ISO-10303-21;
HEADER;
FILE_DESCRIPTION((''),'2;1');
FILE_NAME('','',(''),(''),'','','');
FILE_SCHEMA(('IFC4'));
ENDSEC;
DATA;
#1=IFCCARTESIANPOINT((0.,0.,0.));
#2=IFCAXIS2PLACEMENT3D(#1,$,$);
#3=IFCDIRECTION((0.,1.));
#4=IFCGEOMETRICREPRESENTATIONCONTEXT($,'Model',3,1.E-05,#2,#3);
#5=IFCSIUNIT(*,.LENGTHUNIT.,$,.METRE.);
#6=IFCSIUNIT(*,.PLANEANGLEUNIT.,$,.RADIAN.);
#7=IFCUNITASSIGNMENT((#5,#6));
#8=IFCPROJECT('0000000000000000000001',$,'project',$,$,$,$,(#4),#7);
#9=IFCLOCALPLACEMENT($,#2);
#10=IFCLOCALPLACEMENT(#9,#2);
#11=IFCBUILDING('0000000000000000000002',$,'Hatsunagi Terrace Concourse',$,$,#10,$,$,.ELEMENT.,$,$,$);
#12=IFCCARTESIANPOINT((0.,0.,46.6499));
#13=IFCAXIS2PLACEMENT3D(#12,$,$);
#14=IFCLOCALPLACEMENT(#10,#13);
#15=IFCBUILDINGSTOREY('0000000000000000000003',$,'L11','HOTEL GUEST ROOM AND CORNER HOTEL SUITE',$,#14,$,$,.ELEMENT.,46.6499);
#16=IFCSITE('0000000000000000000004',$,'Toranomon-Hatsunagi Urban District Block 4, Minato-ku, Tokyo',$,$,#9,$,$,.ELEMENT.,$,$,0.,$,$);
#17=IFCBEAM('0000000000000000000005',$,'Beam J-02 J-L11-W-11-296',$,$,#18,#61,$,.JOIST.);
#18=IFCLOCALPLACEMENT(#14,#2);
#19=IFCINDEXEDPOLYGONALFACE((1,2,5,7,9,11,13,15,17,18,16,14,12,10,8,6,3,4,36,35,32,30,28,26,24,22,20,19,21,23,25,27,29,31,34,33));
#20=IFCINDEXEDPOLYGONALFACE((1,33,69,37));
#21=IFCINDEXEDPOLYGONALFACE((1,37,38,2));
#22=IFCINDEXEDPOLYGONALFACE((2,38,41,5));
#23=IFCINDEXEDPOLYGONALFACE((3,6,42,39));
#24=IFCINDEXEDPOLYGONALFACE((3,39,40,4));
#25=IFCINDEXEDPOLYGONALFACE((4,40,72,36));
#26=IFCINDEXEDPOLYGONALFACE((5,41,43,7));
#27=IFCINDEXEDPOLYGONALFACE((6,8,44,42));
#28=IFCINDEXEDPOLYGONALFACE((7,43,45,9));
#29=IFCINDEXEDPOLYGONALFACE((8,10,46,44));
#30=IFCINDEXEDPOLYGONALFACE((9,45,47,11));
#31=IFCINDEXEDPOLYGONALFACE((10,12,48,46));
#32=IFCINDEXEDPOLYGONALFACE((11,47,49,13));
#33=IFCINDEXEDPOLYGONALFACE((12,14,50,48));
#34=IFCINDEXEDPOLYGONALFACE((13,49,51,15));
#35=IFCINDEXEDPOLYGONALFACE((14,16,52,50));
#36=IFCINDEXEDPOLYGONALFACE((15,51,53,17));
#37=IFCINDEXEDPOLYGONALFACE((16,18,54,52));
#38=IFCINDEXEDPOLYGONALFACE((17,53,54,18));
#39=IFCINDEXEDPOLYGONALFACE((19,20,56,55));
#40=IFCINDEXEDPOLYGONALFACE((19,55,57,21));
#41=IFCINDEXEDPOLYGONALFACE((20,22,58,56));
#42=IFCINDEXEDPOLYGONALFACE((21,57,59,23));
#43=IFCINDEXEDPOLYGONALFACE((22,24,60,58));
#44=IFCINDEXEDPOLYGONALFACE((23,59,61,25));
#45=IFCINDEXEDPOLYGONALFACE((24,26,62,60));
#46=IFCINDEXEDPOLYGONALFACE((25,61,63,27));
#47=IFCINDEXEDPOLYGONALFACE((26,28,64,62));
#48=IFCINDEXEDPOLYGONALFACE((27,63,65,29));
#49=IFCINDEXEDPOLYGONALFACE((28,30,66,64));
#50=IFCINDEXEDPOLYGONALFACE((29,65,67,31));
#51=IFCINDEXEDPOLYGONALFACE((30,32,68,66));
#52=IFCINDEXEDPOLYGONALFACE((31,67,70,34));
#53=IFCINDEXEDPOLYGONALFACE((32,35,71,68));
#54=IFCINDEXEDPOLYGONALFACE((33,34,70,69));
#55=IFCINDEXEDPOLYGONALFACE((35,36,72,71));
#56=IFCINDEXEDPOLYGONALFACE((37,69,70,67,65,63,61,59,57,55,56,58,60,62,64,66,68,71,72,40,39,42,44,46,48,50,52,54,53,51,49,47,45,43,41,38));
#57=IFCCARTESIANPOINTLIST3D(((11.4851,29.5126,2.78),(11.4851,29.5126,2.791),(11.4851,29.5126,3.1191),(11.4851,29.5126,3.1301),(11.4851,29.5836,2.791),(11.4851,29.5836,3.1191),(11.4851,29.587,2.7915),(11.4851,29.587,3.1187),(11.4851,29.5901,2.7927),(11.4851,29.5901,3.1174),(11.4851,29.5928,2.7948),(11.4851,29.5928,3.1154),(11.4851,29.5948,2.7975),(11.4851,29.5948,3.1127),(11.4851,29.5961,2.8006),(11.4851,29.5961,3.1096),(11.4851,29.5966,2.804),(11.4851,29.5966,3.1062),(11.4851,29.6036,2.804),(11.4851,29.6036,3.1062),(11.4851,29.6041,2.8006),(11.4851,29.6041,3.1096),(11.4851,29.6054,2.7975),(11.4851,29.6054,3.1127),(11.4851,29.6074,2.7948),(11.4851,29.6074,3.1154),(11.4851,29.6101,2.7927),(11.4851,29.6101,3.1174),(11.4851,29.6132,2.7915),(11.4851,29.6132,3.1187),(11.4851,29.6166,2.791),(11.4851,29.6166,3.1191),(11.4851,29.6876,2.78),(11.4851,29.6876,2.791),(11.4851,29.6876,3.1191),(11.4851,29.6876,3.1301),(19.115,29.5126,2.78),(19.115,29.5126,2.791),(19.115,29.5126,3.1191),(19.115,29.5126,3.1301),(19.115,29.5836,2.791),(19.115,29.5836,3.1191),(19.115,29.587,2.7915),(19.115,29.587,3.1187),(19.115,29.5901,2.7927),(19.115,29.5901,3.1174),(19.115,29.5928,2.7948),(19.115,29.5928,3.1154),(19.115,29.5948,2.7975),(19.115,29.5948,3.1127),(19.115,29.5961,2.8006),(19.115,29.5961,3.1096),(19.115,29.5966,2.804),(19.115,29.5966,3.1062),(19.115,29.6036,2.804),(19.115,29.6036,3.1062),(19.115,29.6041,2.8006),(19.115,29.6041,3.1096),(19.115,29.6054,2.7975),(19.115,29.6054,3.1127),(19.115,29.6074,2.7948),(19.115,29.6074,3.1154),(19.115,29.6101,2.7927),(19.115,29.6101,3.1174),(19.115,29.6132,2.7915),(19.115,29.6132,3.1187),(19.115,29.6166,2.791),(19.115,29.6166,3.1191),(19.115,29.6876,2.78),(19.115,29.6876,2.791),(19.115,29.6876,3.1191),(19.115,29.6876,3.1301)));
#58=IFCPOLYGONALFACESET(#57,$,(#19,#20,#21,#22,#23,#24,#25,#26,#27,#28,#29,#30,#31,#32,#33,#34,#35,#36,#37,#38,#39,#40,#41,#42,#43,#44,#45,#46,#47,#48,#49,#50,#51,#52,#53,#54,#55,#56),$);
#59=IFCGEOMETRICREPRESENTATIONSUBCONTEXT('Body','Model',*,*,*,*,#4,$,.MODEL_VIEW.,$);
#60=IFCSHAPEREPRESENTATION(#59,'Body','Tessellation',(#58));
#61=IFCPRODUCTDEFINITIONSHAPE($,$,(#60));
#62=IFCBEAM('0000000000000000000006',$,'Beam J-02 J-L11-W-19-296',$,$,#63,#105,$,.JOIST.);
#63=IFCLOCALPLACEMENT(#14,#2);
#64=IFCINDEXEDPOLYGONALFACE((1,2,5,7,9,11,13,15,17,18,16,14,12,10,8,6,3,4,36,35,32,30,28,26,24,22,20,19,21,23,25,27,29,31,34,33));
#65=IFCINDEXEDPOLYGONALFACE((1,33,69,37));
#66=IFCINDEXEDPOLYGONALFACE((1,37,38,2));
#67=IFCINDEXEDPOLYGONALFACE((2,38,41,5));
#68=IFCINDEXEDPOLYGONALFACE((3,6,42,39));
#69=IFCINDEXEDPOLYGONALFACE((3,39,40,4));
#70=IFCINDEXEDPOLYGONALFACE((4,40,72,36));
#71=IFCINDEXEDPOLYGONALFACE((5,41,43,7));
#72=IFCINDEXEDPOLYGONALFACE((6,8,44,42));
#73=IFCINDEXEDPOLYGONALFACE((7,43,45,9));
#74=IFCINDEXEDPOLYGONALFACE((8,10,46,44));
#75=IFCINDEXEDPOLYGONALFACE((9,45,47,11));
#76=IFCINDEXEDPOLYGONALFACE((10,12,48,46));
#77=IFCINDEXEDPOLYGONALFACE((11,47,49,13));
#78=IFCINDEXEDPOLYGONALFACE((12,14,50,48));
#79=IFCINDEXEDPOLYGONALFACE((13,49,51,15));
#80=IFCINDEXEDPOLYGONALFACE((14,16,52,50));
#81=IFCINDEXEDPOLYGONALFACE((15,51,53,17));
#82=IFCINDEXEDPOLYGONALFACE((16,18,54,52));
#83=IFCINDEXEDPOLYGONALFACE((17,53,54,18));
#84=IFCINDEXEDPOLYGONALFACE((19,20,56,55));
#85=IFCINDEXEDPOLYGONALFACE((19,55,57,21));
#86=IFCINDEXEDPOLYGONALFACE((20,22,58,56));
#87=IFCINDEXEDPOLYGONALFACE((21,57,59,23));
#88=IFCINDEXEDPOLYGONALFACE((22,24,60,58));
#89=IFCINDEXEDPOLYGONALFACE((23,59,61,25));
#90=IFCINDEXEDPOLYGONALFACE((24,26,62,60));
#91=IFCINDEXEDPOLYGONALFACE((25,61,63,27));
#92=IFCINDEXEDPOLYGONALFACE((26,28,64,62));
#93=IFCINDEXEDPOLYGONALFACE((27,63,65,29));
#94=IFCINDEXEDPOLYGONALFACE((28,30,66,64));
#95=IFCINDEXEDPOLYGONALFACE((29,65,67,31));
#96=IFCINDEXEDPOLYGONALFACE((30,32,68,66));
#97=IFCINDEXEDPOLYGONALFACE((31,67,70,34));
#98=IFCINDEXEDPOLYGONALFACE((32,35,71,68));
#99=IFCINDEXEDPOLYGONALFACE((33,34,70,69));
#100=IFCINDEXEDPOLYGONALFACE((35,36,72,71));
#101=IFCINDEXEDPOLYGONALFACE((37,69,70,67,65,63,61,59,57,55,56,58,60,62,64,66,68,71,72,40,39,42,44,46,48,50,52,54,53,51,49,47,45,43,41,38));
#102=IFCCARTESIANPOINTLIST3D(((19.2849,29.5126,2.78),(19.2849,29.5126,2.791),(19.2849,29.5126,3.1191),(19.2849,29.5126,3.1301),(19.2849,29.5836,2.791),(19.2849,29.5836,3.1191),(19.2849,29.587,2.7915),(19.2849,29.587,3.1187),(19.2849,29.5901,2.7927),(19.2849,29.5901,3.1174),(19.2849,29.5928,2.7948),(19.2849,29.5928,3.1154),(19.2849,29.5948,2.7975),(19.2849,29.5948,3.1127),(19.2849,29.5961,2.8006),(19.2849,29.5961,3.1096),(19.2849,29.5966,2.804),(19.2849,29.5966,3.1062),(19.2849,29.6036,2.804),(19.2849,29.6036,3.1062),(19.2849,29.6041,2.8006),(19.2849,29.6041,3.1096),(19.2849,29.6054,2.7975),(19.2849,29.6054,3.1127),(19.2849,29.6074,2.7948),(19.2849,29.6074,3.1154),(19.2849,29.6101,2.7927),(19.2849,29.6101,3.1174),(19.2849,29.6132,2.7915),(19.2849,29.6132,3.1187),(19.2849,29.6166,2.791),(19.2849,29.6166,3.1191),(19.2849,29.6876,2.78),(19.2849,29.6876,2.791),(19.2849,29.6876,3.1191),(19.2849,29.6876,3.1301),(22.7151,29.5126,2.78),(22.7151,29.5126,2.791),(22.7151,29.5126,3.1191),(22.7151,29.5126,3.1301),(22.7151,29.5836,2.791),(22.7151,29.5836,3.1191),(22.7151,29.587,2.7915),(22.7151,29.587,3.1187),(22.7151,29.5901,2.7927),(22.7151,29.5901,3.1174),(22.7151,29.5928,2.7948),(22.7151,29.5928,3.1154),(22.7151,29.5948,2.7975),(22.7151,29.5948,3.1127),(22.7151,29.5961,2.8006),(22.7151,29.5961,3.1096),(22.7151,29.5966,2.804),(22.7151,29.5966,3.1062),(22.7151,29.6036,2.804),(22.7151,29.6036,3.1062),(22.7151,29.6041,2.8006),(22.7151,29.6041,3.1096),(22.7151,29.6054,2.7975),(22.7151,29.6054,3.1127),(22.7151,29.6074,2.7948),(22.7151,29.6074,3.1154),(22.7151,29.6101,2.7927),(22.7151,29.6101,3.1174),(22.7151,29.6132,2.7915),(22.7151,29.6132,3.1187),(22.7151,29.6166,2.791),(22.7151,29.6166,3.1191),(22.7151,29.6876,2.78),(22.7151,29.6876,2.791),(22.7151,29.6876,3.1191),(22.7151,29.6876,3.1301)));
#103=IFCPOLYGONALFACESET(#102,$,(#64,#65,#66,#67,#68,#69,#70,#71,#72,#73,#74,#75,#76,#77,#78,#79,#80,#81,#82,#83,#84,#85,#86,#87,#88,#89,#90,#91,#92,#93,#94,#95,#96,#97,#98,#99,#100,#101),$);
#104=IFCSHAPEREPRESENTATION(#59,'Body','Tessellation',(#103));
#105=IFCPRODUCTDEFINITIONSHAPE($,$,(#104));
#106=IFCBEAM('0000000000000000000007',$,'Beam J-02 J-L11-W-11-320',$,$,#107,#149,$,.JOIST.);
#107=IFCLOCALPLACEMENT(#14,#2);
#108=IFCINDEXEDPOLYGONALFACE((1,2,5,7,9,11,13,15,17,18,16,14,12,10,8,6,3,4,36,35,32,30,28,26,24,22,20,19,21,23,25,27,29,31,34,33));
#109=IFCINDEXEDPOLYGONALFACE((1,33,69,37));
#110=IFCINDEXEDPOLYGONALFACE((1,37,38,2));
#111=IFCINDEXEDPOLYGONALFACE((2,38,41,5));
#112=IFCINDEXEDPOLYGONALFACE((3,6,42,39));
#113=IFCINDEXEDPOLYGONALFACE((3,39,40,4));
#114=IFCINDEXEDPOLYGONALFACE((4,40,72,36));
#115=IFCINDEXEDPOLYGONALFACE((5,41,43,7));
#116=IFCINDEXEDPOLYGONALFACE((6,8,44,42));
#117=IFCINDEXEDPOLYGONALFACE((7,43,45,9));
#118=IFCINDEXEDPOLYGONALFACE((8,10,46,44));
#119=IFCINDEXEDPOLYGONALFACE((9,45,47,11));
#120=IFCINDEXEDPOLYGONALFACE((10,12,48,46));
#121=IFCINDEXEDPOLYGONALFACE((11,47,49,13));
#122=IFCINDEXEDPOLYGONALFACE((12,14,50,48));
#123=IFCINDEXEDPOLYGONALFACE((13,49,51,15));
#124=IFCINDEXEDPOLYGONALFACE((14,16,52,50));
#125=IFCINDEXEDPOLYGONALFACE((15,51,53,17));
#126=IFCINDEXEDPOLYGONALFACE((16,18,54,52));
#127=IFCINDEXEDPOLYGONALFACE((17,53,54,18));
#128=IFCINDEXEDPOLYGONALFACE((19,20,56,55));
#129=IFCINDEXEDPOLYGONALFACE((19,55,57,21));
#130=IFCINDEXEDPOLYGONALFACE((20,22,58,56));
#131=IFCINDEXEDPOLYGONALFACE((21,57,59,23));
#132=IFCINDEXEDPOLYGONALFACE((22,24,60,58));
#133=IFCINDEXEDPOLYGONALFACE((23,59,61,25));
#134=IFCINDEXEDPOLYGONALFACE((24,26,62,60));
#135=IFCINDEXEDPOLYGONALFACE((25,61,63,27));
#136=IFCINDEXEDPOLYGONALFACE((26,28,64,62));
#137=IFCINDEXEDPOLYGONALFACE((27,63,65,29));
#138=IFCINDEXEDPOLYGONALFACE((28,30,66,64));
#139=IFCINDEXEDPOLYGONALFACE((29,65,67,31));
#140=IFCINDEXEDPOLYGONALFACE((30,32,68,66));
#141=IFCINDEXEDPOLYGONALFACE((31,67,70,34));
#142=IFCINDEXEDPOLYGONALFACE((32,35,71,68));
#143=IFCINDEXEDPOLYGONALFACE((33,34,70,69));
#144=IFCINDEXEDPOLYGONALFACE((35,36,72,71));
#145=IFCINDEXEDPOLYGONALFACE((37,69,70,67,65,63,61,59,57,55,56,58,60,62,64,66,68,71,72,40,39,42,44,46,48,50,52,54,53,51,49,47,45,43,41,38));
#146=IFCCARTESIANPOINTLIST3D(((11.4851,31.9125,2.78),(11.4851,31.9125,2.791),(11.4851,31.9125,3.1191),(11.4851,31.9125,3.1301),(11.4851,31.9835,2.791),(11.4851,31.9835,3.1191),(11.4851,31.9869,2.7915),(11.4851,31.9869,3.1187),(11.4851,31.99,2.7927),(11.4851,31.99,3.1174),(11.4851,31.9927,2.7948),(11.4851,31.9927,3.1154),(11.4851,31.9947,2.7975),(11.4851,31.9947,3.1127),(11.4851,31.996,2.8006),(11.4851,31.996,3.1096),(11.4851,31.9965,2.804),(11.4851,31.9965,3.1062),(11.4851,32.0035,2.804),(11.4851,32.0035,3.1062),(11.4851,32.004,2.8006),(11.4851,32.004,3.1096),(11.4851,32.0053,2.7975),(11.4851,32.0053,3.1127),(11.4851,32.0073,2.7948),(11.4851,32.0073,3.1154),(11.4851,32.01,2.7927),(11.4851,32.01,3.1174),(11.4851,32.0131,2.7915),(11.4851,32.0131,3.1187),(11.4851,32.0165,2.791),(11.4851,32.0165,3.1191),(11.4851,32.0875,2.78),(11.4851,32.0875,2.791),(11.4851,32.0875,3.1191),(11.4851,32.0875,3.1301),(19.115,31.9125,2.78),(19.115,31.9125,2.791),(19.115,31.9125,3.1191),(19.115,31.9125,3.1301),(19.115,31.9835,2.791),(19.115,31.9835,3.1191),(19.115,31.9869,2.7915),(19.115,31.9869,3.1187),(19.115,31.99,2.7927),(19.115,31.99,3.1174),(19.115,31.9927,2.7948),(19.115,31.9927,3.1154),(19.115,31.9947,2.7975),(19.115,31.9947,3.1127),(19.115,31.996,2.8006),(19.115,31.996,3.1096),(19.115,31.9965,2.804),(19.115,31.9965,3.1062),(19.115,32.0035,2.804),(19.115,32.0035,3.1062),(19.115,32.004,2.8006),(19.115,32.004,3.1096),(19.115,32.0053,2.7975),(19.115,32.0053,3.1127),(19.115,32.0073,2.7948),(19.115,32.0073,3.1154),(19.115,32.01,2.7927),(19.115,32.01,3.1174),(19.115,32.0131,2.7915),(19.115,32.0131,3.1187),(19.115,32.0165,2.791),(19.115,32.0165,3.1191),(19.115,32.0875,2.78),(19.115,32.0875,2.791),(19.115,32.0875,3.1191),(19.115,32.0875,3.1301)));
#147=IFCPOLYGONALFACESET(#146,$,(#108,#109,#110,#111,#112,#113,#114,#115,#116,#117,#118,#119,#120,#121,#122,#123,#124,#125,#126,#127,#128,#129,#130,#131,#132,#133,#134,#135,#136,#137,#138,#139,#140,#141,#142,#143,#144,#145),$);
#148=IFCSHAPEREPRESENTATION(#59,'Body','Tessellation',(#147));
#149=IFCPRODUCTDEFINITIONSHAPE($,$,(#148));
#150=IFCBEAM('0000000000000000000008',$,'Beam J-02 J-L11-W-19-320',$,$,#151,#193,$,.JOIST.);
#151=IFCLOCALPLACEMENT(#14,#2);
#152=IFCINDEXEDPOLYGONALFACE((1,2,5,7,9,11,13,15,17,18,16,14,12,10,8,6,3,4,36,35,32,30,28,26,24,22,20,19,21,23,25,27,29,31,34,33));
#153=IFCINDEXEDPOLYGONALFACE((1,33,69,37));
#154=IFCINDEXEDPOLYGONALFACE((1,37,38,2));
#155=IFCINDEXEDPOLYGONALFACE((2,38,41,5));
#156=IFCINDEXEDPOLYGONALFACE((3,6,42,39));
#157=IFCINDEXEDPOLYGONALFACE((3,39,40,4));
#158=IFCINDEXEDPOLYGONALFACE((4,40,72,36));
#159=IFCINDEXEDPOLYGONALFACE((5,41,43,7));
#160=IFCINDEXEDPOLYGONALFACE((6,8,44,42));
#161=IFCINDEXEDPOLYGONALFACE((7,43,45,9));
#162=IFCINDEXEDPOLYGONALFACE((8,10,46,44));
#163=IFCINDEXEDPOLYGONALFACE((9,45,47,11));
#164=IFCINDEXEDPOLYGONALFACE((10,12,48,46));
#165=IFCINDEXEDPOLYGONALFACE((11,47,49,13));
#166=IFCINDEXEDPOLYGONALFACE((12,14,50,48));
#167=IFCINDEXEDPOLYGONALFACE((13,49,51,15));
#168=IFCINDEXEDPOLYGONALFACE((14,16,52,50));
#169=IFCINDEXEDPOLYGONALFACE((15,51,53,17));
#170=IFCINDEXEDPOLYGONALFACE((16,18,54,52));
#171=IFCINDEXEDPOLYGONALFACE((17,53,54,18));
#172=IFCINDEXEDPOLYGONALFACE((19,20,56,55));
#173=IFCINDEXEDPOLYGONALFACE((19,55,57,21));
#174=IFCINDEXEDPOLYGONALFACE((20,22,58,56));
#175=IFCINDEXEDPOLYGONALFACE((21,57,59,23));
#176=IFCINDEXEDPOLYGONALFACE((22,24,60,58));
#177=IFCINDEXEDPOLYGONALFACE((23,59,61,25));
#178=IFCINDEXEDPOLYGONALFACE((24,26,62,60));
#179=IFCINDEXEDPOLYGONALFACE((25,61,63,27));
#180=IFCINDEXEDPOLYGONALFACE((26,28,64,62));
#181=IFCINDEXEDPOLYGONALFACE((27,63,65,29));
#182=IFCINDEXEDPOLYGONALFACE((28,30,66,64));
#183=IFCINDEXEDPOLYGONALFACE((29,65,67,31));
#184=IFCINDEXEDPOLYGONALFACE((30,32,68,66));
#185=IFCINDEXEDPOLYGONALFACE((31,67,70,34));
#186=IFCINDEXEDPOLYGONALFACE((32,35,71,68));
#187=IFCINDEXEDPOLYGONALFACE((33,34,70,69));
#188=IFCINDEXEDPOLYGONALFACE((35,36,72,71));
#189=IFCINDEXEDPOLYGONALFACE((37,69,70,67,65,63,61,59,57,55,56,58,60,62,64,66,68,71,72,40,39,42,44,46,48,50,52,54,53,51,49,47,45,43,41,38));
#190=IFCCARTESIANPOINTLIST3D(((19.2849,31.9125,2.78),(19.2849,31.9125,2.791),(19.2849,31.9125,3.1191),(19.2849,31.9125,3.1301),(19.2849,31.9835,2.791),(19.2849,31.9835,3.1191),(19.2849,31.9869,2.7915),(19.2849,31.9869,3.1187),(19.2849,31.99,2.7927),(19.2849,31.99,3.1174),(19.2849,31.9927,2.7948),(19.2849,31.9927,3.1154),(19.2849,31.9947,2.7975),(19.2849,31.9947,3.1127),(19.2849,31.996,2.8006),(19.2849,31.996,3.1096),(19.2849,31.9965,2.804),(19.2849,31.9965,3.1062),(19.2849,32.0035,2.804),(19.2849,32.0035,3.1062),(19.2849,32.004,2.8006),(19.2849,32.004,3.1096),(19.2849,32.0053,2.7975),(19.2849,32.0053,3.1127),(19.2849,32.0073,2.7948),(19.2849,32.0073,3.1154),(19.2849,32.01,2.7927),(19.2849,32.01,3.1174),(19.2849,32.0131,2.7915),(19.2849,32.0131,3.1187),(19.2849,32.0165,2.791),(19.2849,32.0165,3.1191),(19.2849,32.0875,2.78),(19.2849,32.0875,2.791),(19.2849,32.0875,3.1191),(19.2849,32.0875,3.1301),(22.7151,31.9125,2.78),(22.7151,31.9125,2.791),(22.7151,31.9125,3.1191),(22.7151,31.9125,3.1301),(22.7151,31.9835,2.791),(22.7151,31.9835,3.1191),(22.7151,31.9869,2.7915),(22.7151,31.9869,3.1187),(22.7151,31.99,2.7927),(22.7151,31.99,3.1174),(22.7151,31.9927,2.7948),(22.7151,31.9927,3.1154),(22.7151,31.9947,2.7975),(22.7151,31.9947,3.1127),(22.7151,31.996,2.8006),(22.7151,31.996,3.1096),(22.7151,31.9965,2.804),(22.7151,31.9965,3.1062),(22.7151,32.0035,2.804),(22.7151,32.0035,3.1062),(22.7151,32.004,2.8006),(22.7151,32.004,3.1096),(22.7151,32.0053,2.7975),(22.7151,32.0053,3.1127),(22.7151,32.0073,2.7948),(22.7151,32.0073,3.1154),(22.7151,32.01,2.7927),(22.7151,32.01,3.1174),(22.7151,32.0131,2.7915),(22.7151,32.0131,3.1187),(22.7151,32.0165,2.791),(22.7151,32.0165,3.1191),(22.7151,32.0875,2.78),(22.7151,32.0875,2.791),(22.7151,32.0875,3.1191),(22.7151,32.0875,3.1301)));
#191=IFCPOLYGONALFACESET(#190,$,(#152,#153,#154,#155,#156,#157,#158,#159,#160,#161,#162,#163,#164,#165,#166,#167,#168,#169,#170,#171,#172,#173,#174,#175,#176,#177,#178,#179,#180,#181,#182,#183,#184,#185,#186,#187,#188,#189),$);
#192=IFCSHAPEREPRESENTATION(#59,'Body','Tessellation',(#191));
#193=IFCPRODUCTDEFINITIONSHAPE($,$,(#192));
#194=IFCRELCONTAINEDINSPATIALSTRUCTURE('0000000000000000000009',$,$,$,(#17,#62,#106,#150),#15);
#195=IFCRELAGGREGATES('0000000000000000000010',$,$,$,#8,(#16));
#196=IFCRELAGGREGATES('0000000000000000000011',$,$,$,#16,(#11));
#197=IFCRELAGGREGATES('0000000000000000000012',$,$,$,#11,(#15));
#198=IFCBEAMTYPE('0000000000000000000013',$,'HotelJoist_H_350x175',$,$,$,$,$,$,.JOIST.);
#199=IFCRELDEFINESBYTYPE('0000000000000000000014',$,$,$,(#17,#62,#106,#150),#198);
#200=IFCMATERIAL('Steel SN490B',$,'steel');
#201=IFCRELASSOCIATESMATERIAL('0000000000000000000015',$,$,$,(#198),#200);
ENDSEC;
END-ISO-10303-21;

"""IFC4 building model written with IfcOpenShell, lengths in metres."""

from ifc_helpers import new_model, si_unit, direction, frame, origin, origin_2d, place, context, subcontext, project, spatial, i_section, extrude, material, material_profile, profile_set, type_object, element, save


model = new_model("IFC4")

# Units and contexts
model_context = context("Model", 3, precision=1e-05, world=origin(), true_north=direction((0.0, 1.0)))
body_context = subcontext(model_context, "Body", "Model", "MODEL_VIEW")
ifc_project = project(units=[si_unit("LENGTHUNIT", "METRE"), si_unit("PLANEANGLEUNIT", "RADIAN")], contexts=[model_context])

# Site, building, storey
site_placement = place(None, origin())
site = spatial("IfcSite", under=ifc_project, at=site_placement, Name="Toranomon-Hatsunagi Urban District Block 4, Minato-ku, Tokyo", CompositionType="ELEMENT", RefElevation=0.0)
building_placement = place(site_placement, origin())
building = spatial("IfcBuilding", under=site, at=building_placement, Name="Hatsunagi Terrace Concourse", CompositionType="ELEMENT")
storey_placement = place(building_placement, frame((0.0, 0.0, 46.6499)))
storey = spatial("IfcBuildingStorey", under=building, at=storey_placement, Name="L11", Description="HOTEL GUEST ROOM AND CORNER HOTEL SUITE", CompositionType="ELEMENT", Elevation=46.6499)

# Beams
ifc_material_1 = material(Name="Steel SN490B", Category="steel")
ifc_material_profile_1 = material_profile(ifc_material_1, i_section(OverallWidth=0.175, OverallDepth=0.3501, WebThickness=0.0071, FlangeThickness=0.011, FilletRadius=0.0129, at=origin_2d()), Name="H-350x175x7x11")
ifc_profile_set_1 = profile_set([ifc_material_profile_1], Name="Steel SN490B")
beam_type_1 = type_object("IfcBeamType", Name="HotelJoist_H_350x175", PredefinedType="JOIST", material=ifc_profile_set_1)
beam_1_placement = place(storey_placement, frame((11.4851, 29.6001, 2.9551), z_axis=(1.0, 0.0, 0.0), x_axis=(0.0, 1.0, 0.0)))
element("IfcBeam", 1, at=beam_1_placement, inside=storey, type_object=beam_type_1, Name="Beam J-02 J-L11-W-11-296", PredefinedType="JOIST", context=body_context, shape_type="SweptSolid", body=[
    extrude(i_section(OverallWidth=0.175, OverallDepth=0.3501, WebThickness=0.0071, FlangeThickness=0.011, FilletRadius=0.0129, at=origin_2d()), origin(), (0.0, 0.0, 1.0), 7.6299),
])
beam_2_placement = place(storey_placement, frame((19.2849, 29.6001, 2.9551), z_axis=(1.0, 0.0, 0.0), x_axis=(0.0, 1.0, 0.0)))
element("IfcBeam", 2, at=beam_2_placement, inside=storey, type_object=beam_type_1, Name="Beam J-02 J-L11-W-19-296", PredefinedType="JOIST", context=body_context, shape_type="SweptSolid", body=[
    extrude(i_section(OverallWidth=0.175, OverallDepth=0.3501, WebThickness=0.0071, FlangeThickness=0.011, FilletRadius=0.0129, at=origin_2d()), origin(), (0.0, 0.0, 1.0), 3.4302),
])
beam_3_placement = place(storey_placement, frame((11.4851, 32.0, 2.9551), z_axis=(1.0, 0.0, 0.0), x_axis=(0.0, 1.0, 0.0)))
element("IfcBeam", 3, at=beam_3_placement, inside=storey, type_object=beam_type_1, Name="Beam J-02 J-L11-W-11-320", PredefinedType="JOIST", context=body_context, shape_type="SweptSolid", body=[
    extrude(i_section(OverallWidth=0.175, OverallDepth=0.3501, WebThickness=0.0071, FlangeThickness=0.011, FilletRadius=0.0129, at=origin_2d()), origin(), (0.0, 0.0, 1.0), 7.6299),
])
beam_4_placement = place(storey_placement, frame((19.2849, 32.0, 2.9551), z_axis=(1.0, 0.0, 0.0), x_axis=(0.0, 1.0, 0.0)))
element("IfcBeam", 4, at=beam_4_placement, inside=storey, type_object=beam_type_1, Name="Beam J-02 J-L11-W-19-320", PredefinedType="JOIST", context=body_context, shape_type="SweptSolid", body=[
    extrude(i_section(OverallWidth=0.175, OverallDepth=0.3501, WebThickness=0.0071, FlangeThickness=0.011, FilletRadius=0.0129, at=origin_2d()), origin(), (0.0, 0.0, 1.0), 3.4302),
])

save(model, "model.ifc")
